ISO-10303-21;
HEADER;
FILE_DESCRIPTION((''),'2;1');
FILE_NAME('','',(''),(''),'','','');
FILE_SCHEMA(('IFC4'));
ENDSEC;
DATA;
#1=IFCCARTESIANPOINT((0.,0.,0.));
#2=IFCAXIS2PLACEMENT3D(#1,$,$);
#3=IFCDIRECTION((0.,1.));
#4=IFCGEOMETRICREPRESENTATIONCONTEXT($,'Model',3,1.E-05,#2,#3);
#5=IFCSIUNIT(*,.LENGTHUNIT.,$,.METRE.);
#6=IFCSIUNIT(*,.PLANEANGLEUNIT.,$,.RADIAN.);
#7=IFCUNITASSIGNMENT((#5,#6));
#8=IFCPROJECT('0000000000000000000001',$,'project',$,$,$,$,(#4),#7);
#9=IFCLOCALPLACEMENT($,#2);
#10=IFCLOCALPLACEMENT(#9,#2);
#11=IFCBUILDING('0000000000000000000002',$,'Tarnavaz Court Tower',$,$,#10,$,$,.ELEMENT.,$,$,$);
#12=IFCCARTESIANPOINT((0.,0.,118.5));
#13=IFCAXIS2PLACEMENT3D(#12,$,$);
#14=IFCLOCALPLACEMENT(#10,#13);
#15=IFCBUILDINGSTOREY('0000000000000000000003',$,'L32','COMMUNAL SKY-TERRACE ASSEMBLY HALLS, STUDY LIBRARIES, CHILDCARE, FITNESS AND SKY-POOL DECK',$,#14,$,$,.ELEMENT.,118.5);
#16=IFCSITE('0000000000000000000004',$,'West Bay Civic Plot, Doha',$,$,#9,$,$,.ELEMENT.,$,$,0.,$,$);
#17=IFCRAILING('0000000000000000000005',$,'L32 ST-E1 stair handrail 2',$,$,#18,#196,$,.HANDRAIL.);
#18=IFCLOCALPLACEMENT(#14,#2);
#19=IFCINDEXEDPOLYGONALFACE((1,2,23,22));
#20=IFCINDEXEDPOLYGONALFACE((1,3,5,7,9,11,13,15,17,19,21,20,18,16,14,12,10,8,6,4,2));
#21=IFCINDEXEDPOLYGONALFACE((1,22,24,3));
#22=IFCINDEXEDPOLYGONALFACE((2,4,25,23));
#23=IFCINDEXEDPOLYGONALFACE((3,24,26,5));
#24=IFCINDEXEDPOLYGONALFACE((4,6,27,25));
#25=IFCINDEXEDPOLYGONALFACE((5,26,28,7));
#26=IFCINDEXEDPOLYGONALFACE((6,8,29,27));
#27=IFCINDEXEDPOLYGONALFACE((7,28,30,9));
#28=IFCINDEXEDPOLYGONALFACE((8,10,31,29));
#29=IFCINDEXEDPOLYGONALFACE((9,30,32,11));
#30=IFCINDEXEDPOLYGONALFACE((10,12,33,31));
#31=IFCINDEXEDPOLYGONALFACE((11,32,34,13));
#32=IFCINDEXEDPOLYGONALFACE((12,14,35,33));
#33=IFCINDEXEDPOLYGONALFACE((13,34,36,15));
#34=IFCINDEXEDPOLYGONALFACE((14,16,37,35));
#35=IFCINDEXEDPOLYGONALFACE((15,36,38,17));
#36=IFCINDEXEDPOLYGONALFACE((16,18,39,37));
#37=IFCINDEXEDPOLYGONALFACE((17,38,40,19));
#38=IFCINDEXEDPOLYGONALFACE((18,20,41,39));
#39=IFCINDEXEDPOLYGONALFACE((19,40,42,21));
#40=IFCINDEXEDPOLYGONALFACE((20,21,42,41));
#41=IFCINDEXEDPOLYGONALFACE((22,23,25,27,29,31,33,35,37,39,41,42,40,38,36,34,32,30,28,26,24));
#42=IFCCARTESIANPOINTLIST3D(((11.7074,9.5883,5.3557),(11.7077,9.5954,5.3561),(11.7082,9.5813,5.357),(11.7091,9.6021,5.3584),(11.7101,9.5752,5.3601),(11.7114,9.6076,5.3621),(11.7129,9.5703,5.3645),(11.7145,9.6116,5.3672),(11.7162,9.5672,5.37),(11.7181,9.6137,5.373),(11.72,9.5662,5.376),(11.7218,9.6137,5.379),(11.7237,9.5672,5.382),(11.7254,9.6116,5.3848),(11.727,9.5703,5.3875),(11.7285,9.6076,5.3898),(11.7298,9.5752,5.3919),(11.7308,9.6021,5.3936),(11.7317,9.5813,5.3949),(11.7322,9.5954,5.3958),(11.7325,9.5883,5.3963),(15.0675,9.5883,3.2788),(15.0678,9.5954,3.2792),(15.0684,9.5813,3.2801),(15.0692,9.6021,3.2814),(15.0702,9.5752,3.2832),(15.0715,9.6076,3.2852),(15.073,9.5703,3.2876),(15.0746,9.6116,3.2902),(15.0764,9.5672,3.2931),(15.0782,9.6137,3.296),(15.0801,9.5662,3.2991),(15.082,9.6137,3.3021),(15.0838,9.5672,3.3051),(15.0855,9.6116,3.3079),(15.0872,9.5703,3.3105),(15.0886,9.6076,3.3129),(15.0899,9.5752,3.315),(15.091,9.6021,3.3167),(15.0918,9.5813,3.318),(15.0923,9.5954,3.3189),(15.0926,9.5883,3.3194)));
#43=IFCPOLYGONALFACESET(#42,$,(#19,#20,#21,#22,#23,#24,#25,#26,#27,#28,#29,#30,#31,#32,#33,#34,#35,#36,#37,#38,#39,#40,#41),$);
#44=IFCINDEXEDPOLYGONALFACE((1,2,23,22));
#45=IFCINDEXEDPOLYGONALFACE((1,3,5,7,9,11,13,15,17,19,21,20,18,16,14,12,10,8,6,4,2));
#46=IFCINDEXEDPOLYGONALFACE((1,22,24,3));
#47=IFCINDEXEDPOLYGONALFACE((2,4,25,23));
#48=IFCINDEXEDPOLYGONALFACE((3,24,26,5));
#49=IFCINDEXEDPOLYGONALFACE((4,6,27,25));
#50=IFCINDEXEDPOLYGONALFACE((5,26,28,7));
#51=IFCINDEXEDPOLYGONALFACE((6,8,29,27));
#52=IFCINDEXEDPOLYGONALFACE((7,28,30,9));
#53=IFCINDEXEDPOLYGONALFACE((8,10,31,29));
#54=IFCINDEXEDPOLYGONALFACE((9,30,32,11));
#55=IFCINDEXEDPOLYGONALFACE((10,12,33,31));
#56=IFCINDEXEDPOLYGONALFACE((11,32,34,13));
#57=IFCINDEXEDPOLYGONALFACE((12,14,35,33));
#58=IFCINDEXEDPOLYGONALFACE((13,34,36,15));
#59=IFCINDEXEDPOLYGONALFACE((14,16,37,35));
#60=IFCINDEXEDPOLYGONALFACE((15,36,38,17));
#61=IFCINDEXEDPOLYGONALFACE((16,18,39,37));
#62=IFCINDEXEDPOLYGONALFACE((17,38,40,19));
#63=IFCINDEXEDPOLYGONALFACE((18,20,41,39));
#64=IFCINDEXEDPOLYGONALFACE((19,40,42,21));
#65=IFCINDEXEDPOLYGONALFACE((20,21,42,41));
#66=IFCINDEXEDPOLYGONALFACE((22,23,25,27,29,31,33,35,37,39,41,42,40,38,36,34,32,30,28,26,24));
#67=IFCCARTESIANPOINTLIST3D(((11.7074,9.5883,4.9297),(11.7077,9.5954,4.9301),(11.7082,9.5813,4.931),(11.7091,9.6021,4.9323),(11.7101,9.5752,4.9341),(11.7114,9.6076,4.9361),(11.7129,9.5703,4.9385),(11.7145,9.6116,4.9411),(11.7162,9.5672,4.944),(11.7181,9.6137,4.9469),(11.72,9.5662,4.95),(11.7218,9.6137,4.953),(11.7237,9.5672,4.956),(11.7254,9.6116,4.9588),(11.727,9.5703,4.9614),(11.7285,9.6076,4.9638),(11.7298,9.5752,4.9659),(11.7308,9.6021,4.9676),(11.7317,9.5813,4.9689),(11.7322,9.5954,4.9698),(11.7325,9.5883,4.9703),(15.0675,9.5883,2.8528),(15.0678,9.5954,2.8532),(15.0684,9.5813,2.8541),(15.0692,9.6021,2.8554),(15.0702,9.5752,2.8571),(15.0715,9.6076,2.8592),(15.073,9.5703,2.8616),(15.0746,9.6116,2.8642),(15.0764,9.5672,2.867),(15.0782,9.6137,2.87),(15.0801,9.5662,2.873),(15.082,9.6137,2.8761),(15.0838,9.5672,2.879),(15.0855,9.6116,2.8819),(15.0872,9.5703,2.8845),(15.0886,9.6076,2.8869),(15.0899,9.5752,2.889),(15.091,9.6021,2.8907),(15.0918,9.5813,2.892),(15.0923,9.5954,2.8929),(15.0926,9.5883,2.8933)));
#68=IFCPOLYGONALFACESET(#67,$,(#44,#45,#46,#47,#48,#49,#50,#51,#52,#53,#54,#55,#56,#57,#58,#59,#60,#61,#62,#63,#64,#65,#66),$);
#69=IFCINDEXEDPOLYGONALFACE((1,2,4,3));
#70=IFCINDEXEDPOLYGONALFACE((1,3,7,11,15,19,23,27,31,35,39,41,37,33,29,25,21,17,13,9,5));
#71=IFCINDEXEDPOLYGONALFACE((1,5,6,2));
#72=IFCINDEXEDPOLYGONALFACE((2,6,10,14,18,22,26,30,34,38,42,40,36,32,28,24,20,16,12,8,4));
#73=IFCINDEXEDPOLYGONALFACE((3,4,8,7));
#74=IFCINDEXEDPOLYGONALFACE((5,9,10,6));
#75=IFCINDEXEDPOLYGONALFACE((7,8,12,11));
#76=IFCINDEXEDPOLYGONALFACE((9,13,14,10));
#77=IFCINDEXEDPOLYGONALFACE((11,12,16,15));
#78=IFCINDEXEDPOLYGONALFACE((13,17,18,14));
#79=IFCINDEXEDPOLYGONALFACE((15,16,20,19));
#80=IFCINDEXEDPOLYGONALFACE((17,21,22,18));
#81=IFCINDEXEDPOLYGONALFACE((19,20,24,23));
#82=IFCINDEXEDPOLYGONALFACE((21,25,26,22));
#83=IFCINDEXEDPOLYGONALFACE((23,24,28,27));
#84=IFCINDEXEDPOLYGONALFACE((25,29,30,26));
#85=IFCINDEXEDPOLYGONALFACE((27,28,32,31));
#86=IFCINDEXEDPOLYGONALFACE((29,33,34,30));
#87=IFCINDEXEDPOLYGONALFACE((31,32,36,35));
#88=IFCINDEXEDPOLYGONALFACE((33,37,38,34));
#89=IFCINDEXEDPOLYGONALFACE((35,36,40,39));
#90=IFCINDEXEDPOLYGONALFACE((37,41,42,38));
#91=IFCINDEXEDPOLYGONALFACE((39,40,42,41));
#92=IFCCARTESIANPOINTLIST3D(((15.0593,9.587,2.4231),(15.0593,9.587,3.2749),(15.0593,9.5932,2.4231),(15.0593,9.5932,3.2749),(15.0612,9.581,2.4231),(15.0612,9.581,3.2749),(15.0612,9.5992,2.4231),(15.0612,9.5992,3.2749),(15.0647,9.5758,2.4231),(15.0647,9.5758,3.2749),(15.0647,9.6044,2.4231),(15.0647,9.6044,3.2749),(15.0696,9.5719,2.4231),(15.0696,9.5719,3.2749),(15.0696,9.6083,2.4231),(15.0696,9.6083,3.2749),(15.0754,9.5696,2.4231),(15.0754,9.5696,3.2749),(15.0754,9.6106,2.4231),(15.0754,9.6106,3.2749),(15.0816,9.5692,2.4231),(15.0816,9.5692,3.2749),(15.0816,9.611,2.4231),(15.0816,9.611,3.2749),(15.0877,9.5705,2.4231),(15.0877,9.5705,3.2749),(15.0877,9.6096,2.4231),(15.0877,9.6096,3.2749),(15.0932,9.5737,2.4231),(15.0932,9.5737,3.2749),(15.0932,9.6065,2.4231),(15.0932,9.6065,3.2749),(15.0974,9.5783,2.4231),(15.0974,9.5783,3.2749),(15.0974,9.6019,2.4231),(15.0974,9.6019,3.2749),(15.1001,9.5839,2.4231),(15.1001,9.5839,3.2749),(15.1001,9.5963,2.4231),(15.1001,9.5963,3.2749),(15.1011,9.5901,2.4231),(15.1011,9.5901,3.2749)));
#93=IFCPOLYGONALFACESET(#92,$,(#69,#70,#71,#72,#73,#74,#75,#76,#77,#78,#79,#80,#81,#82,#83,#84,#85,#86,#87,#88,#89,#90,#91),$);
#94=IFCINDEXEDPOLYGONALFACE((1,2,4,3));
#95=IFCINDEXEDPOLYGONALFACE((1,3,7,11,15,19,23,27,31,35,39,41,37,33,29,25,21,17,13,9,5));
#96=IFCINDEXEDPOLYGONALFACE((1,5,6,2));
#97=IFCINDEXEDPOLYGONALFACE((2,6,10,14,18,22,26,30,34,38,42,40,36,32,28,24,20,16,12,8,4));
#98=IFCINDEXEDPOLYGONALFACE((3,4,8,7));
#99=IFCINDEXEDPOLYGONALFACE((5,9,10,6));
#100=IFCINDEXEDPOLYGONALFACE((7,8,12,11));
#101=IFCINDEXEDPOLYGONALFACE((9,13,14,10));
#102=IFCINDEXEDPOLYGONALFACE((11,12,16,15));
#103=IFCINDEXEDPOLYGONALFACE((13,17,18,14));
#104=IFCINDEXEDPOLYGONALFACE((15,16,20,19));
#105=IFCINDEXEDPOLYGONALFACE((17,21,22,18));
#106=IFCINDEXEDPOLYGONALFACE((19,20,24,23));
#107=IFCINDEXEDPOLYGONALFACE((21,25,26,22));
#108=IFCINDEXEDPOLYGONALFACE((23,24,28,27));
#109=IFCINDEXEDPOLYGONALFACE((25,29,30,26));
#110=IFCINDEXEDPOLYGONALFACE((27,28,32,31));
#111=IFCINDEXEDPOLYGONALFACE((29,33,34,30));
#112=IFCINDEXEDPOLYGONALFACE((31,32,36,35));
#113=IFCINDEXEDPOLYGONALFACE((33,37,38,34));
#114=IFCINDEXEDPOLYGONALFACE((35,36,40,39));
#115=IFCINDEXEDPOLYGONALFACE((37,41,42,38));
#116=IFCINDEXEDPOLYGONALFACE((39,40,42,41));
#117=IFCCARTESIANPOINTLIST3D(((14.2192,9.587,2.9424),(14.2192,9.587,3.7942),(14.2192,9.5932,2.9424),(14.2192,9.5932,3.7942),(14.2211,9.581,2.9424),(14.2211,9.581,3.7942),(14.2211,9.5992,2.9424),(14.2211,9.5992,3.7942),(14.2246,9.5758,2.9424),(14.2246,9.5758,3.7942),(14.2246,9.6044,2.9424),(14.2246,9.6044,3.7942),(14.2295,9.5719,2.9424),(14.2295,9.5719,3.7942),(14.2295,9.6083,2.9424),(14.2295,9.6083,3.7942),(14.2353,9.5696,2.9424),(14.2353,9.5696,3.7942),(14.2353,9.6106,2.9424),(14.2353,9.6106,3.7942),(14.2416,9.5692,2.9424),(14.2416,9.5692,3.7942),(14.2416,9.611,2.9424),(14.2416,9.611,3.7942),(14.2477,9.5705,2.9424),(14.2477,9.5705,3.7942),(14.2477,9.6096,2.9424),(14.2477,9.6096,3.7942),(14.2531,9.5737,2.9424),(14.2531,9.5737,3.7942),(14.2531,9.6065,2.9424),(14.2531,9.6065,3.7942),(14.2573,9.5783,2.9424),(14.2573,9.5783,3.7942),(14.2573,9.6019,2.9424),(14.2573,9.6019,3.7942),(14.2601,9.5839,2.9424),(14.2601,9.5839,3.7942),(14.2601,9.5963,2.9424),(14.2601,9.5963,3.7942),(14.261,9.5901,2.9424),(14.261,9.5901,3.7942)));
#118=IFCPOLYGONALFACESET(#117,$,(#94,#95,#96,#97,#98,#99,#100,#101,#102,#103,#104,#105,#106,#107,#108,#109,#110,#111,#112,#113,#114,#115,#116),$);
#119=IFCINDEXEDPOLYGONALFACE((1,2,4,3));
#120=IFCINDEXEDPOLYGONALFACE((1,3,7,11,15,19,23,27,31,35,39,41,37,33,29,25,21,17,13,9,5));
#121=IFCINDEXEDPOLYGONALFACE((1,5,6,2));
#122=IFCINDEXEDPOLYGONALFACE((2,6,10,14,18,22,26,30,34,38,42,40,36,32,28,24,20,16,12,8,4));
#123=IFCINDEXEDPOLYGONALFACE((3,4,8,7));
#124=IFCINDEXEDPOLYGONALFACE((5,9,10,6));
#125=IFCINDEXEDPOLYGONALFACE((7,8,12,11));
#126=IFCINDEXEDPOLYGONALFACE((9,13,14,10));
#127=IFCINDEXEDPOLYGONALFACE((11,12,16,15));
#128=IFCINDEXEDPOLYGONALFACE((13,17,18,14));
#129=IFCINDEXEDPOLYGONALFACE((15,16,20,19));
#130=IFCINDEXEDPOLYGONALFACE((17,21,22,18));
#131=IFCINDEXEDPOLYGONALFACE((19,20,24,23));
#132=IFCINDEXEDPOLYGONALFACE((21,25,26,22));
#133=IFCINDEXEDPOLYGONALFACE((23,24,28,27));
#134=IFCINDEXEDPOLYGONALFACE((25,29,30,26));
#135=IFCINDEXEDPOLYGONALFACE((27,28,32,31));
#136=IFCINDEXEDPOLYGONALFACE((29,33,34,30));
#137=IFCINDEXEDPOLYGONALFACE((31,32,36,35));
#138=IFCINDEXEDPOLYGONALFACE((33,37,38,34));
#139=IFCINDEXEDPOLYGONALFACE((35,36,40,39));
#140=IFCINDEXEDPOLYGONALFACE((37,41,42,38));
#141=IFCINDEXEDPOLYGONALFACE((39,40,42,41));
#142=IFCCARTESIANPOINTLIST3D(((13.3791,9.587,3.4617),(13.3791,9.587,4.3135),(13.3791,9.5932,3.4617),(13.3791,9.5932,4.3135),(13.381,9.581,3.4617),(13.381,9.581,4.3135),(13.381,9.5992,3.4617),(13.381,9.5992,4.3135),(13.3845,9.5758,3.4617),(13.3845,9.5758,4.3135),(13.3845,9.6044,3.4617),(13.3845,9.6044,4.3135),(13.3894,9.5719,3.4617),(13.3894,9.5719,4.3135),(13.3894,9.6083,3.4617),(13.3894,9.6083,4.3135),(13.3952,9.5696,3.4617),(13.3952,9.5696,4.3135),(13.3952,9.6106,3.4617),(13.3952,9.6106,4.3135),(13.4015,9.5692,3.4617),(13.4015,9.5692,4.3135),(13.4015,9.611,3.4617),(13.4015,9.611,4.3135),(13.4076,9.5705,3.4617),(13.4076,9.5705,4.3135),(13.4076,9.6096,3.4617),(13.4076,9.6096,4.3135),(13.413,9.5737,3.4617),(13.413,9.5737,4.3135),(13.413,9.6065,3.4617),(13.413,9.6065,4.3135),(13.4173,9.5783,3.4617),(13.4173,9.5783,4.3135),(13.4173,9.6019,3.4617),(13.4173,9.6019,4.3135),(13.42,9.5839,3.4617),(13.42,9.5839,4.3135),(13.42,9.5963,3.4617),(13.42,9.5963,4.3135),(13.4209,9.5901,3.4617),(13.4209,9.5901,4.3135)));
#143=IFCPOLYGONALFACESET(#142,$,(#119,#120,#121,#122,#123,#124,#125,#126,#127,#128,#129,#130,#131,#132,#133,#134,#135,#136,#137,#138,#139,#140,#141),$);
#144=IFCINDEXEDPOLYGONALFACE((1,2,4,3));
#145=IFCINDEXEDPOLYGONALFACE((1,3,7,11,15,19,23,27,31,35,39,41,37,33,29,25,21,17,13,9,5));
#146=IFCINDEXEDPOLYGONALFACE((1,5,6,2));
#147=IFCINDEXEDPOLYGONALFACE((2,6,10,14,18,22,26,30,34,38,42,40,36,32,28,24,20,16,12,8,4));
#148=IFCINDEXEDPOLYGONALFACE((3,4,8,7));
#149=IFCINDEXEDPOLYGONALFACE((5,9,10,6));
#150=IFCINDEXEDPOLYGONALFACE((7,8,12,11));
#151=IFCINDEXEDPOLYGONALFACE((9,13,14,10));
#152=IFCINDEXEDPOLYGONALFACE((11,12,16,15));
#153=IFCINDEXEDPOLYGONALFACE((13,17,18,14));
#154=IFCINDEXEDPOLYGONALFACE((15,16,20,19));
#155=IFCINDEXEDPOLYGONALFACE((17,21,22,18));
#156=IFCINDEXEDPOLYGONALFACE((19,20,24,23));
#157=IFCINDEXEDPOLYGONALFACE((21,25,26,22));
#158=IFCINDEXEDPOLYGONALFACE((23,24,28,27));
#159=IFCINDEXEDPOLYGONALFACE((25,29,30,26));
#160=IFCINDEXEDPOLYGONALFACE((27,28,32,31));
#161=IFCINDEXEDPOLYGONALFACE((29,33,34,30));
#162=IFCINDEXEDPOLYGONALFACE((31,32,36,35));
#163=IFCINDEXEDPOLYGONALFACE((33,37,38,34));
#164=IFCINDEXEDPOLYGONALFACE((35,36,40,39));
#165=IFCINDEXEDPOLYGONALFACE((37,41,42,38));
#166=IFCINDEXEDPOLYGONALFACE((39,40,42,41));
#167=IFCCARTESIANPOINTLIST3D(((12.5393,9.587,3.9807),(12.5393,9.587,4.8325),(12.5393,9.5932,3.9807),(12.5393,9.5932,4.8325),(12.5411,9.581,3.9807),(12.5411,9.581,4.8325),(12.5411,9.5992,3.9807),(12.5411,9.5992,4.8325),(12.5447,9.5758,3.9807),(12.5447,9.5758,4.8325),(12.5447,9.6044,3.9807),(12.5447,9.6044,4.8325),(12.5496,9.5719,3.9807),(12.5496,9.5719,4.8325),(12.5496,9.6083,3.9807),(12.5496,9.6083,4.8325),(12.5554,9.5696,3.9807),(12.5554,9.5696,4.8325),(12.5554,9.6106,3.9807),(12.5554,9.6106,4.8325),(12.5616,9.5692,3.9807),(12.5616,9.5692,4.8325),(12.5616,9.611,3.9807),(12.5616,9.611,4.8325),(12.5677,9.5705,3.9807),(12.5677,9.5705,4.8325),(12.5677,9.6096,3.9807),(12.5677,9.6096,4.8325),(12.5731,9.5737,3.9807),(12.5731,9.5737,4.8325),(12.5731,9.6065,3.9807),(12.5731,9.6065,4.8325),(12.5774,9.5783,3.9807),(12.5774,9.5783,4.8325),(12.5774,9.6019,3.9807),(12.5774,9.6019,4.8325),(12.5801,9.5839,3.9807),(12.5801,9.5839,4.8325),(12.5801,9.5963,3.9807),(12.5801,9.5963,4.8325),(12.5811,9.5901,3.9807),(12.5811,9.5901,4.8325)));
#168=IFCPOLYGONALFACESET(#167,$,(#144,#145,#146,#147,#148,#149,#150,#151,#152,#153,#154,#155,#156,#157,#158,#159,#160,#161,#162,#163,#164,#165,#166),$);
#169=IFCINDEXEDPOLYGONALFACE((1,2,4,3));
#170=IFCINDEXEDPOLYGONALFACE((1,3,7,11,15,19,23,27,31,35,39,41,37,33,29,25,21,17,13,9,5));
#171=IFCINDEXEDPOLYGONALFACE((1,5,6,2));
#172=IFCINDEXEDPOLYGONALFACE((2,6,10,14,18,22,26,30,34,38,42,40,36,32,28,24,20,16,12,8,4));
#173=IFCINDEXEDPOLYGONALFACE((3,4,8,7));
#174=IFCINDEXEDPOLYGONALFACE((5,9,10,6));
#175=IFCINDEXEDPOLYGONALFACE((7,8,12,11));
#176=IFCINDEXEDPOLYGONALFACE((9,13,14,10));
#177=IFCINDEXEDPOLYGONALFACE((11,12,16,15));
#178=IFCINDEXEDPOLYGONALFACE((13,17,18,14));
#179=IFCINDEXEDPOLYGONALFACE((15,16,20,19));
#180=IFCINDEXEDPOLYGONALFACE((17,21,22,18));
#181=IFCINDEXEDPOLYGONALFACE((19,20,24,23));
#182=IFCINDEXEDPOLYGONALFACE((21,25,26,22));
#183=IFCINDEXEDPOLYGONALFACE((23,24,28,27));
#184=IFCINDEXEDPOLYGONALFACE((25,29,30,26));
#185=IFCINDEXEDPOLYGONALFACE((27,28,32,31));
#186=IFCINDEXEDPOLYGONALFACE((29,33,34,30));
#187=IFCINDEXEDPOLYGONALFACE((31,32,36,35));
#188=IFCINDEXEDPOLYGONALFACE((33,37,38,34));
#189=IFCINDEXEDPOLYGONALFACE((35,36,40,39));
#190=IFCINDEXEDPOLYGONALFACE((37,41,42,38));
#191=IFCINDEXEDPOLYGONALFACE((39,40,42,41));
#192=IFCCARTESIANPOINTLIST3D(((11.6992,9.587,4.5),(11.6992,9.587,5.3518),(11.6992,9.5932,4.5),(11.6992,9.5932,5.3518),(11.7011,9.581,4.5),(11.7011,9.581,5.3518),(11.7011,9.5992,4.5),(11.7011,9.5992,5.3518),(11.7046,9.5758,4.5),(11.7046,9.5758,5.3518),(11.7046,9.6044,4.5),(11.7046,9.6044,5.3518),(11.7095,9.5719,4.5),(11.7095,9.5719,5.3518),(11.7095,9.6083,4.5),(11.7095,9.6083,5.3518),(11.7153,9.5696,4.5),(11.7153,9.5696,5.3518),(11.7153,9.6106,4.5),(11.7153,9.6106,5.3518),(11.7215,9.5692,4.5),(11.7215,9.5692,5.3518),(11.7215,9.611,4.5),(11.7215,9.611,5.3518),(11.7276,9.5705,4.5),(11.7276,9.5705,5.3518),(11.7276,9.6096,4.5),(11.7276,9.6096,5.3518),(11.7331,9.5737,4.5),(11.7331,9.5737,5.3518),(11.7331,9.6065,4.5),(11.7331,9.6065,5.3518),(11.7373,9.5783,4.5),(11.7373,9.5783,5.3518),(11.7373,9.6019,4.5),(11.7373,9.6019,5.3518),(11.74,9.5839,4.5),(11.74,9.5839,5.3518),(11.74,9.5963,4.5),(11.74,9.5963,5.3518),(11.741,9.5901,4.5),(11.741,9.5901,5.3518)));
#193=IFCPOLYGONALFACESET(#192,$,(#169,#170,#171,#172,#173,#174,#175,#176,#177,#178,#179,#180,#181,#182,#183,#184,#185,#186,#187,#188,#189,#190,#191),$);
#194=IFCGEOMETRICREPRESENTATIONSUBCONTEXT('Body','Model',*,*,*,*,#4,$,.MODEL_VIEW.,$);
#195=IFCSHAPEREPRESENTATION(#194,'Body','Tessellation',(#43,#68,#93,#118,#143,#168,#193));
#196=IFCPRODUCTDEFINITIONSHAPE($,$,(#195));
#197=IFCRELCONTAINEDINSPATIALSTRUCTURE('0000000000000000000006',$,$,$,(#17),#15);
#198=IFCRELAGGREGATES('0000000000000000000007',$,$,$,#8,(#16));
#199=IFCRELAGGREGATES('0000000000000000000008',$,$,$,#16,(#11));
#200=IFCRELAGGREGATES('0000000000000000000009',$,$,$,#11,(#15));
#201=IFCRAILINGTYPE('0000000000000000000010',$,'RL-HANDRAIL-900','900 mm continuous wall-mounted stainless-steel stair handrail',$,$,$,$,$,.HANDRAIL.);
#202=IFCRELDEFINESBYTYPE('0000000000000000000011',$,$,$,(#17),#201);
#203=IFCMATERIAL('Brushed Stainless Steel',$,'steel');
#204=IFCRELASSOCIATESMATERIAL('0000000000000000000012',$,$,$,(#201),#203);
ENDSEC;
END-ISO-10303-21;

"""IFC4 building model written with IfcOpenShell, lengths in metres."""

from ifc_helpers import new_model, si_unit, direction, frame, origin, origin_2d, place, context, subcontext, project, spatial, circle, extrude, material, type_object, element, save


model = new_model("IFC4")

# Units and contexts
model_context = context("Model", 3, precision=1e-05, world=origin(), true_north=direction((0.0, 1.0)))
body_context = subcontext(model_context, "Body", "Model", "MODEL_VIEW")
ifc_project = project(units=[si_unit("LENGTHUNIT", "METRE"), si_unit("PLANEANGLEUNIT", "RADIAN")], contexts=[model_context])

# Site, building, storey
site_placement = place(None, origin())
site = spatial("IfcSite", under=ifc_project, at=site_placement, Name="West Bay Civic Plot, Doha", CompositionType="ELEMENT", RefElevation=0.0)
building_placement = place(site_placement, origin())
building = spatial("IfcBuilding", under=site, at=building_placement, Name="Tarnavaz Court Tower", CompositionType="ELEMENT")
storey_placement = place(building_placement, frame((0.0, 0.0, 118.5)))
storey = spatial("IfcBuildingStorey", under=building, at=storey_placement, Name="L32", Description="COMMUNAL SKY-TERRACE ASSEMBLY HALLS, STUDY LIBRARIES, CHILDCARE, FITNESS AND SKY-POOL DECK", CompositionType="ELEMENT", Elevation=118.5)

# Railing
ifc_material_1 = material(Name="Brushed Stainless Steel", Category="steel")
railing_type_1 = type_object("IfcRailingType", Name="RL-HANDRAIL-900", Description="900 mm continuous wall-mounted stainless-steel stair handrail", PredefinedType="HANDRAIL", material=ifc_material_1)
railing_1_placement = place(storey_placement, frame((15.0801, 9.5901, 2.4231)))
element("IfcRailing", 1, at=railing_1_placement, inside=storey, type_object=railing_type_1, Name="L32 ST-E1 stair handrail 2", PredefinedType="HANDRAIL", context=body_context, shape_type="SweptSolid", body=[
    extrude(circle(Radius=0.0239, at=origin_2d()), frame((0.0, 0.0, 0.876), z_axis=(-0.850623, 0.0, 0.525776), x_axis=(0.0, -1.0, 0.0)), (0.0, 0.0, 1.0), 3.9502),
    extrude(circle(Radius=0.0239, at=origin_2d()), frame((0.0, 0.0, 0.45), z_axis=(-0.850623, 0.0, 0.525776), x_axis=(0.0, -1.0, 0.0)), (0.0, 0.0, 1.0), 3.9502),
    extrude(circle(Radius=0.021, at=origin_2d()), origin(), (0.0, 0.0, 1.0), 0.8518),
    extrude(circle(Radius=0.021, at=origin_2d()), frame((-0.8401, 0.0, 0.5193)), (0.0, 0.0, 1.0), 0.8518),
    extrude(circle(Radius=0.021, at=origin_2d()), frame((-1.6802, 0.0, 1.0386)), (0.0, 0.0, 1.0), 0.8518),
    extrude(circle(Radius=0.021, at=origin_2d()), frame((-2.52, 0.0, 1.5576)), (0.0, 0.0, 1.0), 0.8518),
    extrude(circle(Radius=0.021, at=origin_2d()), frame((-3.3601, 0.0, 2.0769)), (0.0, 0.0, 1.0), 0.8518),
])

save(model, "model.ifc")
